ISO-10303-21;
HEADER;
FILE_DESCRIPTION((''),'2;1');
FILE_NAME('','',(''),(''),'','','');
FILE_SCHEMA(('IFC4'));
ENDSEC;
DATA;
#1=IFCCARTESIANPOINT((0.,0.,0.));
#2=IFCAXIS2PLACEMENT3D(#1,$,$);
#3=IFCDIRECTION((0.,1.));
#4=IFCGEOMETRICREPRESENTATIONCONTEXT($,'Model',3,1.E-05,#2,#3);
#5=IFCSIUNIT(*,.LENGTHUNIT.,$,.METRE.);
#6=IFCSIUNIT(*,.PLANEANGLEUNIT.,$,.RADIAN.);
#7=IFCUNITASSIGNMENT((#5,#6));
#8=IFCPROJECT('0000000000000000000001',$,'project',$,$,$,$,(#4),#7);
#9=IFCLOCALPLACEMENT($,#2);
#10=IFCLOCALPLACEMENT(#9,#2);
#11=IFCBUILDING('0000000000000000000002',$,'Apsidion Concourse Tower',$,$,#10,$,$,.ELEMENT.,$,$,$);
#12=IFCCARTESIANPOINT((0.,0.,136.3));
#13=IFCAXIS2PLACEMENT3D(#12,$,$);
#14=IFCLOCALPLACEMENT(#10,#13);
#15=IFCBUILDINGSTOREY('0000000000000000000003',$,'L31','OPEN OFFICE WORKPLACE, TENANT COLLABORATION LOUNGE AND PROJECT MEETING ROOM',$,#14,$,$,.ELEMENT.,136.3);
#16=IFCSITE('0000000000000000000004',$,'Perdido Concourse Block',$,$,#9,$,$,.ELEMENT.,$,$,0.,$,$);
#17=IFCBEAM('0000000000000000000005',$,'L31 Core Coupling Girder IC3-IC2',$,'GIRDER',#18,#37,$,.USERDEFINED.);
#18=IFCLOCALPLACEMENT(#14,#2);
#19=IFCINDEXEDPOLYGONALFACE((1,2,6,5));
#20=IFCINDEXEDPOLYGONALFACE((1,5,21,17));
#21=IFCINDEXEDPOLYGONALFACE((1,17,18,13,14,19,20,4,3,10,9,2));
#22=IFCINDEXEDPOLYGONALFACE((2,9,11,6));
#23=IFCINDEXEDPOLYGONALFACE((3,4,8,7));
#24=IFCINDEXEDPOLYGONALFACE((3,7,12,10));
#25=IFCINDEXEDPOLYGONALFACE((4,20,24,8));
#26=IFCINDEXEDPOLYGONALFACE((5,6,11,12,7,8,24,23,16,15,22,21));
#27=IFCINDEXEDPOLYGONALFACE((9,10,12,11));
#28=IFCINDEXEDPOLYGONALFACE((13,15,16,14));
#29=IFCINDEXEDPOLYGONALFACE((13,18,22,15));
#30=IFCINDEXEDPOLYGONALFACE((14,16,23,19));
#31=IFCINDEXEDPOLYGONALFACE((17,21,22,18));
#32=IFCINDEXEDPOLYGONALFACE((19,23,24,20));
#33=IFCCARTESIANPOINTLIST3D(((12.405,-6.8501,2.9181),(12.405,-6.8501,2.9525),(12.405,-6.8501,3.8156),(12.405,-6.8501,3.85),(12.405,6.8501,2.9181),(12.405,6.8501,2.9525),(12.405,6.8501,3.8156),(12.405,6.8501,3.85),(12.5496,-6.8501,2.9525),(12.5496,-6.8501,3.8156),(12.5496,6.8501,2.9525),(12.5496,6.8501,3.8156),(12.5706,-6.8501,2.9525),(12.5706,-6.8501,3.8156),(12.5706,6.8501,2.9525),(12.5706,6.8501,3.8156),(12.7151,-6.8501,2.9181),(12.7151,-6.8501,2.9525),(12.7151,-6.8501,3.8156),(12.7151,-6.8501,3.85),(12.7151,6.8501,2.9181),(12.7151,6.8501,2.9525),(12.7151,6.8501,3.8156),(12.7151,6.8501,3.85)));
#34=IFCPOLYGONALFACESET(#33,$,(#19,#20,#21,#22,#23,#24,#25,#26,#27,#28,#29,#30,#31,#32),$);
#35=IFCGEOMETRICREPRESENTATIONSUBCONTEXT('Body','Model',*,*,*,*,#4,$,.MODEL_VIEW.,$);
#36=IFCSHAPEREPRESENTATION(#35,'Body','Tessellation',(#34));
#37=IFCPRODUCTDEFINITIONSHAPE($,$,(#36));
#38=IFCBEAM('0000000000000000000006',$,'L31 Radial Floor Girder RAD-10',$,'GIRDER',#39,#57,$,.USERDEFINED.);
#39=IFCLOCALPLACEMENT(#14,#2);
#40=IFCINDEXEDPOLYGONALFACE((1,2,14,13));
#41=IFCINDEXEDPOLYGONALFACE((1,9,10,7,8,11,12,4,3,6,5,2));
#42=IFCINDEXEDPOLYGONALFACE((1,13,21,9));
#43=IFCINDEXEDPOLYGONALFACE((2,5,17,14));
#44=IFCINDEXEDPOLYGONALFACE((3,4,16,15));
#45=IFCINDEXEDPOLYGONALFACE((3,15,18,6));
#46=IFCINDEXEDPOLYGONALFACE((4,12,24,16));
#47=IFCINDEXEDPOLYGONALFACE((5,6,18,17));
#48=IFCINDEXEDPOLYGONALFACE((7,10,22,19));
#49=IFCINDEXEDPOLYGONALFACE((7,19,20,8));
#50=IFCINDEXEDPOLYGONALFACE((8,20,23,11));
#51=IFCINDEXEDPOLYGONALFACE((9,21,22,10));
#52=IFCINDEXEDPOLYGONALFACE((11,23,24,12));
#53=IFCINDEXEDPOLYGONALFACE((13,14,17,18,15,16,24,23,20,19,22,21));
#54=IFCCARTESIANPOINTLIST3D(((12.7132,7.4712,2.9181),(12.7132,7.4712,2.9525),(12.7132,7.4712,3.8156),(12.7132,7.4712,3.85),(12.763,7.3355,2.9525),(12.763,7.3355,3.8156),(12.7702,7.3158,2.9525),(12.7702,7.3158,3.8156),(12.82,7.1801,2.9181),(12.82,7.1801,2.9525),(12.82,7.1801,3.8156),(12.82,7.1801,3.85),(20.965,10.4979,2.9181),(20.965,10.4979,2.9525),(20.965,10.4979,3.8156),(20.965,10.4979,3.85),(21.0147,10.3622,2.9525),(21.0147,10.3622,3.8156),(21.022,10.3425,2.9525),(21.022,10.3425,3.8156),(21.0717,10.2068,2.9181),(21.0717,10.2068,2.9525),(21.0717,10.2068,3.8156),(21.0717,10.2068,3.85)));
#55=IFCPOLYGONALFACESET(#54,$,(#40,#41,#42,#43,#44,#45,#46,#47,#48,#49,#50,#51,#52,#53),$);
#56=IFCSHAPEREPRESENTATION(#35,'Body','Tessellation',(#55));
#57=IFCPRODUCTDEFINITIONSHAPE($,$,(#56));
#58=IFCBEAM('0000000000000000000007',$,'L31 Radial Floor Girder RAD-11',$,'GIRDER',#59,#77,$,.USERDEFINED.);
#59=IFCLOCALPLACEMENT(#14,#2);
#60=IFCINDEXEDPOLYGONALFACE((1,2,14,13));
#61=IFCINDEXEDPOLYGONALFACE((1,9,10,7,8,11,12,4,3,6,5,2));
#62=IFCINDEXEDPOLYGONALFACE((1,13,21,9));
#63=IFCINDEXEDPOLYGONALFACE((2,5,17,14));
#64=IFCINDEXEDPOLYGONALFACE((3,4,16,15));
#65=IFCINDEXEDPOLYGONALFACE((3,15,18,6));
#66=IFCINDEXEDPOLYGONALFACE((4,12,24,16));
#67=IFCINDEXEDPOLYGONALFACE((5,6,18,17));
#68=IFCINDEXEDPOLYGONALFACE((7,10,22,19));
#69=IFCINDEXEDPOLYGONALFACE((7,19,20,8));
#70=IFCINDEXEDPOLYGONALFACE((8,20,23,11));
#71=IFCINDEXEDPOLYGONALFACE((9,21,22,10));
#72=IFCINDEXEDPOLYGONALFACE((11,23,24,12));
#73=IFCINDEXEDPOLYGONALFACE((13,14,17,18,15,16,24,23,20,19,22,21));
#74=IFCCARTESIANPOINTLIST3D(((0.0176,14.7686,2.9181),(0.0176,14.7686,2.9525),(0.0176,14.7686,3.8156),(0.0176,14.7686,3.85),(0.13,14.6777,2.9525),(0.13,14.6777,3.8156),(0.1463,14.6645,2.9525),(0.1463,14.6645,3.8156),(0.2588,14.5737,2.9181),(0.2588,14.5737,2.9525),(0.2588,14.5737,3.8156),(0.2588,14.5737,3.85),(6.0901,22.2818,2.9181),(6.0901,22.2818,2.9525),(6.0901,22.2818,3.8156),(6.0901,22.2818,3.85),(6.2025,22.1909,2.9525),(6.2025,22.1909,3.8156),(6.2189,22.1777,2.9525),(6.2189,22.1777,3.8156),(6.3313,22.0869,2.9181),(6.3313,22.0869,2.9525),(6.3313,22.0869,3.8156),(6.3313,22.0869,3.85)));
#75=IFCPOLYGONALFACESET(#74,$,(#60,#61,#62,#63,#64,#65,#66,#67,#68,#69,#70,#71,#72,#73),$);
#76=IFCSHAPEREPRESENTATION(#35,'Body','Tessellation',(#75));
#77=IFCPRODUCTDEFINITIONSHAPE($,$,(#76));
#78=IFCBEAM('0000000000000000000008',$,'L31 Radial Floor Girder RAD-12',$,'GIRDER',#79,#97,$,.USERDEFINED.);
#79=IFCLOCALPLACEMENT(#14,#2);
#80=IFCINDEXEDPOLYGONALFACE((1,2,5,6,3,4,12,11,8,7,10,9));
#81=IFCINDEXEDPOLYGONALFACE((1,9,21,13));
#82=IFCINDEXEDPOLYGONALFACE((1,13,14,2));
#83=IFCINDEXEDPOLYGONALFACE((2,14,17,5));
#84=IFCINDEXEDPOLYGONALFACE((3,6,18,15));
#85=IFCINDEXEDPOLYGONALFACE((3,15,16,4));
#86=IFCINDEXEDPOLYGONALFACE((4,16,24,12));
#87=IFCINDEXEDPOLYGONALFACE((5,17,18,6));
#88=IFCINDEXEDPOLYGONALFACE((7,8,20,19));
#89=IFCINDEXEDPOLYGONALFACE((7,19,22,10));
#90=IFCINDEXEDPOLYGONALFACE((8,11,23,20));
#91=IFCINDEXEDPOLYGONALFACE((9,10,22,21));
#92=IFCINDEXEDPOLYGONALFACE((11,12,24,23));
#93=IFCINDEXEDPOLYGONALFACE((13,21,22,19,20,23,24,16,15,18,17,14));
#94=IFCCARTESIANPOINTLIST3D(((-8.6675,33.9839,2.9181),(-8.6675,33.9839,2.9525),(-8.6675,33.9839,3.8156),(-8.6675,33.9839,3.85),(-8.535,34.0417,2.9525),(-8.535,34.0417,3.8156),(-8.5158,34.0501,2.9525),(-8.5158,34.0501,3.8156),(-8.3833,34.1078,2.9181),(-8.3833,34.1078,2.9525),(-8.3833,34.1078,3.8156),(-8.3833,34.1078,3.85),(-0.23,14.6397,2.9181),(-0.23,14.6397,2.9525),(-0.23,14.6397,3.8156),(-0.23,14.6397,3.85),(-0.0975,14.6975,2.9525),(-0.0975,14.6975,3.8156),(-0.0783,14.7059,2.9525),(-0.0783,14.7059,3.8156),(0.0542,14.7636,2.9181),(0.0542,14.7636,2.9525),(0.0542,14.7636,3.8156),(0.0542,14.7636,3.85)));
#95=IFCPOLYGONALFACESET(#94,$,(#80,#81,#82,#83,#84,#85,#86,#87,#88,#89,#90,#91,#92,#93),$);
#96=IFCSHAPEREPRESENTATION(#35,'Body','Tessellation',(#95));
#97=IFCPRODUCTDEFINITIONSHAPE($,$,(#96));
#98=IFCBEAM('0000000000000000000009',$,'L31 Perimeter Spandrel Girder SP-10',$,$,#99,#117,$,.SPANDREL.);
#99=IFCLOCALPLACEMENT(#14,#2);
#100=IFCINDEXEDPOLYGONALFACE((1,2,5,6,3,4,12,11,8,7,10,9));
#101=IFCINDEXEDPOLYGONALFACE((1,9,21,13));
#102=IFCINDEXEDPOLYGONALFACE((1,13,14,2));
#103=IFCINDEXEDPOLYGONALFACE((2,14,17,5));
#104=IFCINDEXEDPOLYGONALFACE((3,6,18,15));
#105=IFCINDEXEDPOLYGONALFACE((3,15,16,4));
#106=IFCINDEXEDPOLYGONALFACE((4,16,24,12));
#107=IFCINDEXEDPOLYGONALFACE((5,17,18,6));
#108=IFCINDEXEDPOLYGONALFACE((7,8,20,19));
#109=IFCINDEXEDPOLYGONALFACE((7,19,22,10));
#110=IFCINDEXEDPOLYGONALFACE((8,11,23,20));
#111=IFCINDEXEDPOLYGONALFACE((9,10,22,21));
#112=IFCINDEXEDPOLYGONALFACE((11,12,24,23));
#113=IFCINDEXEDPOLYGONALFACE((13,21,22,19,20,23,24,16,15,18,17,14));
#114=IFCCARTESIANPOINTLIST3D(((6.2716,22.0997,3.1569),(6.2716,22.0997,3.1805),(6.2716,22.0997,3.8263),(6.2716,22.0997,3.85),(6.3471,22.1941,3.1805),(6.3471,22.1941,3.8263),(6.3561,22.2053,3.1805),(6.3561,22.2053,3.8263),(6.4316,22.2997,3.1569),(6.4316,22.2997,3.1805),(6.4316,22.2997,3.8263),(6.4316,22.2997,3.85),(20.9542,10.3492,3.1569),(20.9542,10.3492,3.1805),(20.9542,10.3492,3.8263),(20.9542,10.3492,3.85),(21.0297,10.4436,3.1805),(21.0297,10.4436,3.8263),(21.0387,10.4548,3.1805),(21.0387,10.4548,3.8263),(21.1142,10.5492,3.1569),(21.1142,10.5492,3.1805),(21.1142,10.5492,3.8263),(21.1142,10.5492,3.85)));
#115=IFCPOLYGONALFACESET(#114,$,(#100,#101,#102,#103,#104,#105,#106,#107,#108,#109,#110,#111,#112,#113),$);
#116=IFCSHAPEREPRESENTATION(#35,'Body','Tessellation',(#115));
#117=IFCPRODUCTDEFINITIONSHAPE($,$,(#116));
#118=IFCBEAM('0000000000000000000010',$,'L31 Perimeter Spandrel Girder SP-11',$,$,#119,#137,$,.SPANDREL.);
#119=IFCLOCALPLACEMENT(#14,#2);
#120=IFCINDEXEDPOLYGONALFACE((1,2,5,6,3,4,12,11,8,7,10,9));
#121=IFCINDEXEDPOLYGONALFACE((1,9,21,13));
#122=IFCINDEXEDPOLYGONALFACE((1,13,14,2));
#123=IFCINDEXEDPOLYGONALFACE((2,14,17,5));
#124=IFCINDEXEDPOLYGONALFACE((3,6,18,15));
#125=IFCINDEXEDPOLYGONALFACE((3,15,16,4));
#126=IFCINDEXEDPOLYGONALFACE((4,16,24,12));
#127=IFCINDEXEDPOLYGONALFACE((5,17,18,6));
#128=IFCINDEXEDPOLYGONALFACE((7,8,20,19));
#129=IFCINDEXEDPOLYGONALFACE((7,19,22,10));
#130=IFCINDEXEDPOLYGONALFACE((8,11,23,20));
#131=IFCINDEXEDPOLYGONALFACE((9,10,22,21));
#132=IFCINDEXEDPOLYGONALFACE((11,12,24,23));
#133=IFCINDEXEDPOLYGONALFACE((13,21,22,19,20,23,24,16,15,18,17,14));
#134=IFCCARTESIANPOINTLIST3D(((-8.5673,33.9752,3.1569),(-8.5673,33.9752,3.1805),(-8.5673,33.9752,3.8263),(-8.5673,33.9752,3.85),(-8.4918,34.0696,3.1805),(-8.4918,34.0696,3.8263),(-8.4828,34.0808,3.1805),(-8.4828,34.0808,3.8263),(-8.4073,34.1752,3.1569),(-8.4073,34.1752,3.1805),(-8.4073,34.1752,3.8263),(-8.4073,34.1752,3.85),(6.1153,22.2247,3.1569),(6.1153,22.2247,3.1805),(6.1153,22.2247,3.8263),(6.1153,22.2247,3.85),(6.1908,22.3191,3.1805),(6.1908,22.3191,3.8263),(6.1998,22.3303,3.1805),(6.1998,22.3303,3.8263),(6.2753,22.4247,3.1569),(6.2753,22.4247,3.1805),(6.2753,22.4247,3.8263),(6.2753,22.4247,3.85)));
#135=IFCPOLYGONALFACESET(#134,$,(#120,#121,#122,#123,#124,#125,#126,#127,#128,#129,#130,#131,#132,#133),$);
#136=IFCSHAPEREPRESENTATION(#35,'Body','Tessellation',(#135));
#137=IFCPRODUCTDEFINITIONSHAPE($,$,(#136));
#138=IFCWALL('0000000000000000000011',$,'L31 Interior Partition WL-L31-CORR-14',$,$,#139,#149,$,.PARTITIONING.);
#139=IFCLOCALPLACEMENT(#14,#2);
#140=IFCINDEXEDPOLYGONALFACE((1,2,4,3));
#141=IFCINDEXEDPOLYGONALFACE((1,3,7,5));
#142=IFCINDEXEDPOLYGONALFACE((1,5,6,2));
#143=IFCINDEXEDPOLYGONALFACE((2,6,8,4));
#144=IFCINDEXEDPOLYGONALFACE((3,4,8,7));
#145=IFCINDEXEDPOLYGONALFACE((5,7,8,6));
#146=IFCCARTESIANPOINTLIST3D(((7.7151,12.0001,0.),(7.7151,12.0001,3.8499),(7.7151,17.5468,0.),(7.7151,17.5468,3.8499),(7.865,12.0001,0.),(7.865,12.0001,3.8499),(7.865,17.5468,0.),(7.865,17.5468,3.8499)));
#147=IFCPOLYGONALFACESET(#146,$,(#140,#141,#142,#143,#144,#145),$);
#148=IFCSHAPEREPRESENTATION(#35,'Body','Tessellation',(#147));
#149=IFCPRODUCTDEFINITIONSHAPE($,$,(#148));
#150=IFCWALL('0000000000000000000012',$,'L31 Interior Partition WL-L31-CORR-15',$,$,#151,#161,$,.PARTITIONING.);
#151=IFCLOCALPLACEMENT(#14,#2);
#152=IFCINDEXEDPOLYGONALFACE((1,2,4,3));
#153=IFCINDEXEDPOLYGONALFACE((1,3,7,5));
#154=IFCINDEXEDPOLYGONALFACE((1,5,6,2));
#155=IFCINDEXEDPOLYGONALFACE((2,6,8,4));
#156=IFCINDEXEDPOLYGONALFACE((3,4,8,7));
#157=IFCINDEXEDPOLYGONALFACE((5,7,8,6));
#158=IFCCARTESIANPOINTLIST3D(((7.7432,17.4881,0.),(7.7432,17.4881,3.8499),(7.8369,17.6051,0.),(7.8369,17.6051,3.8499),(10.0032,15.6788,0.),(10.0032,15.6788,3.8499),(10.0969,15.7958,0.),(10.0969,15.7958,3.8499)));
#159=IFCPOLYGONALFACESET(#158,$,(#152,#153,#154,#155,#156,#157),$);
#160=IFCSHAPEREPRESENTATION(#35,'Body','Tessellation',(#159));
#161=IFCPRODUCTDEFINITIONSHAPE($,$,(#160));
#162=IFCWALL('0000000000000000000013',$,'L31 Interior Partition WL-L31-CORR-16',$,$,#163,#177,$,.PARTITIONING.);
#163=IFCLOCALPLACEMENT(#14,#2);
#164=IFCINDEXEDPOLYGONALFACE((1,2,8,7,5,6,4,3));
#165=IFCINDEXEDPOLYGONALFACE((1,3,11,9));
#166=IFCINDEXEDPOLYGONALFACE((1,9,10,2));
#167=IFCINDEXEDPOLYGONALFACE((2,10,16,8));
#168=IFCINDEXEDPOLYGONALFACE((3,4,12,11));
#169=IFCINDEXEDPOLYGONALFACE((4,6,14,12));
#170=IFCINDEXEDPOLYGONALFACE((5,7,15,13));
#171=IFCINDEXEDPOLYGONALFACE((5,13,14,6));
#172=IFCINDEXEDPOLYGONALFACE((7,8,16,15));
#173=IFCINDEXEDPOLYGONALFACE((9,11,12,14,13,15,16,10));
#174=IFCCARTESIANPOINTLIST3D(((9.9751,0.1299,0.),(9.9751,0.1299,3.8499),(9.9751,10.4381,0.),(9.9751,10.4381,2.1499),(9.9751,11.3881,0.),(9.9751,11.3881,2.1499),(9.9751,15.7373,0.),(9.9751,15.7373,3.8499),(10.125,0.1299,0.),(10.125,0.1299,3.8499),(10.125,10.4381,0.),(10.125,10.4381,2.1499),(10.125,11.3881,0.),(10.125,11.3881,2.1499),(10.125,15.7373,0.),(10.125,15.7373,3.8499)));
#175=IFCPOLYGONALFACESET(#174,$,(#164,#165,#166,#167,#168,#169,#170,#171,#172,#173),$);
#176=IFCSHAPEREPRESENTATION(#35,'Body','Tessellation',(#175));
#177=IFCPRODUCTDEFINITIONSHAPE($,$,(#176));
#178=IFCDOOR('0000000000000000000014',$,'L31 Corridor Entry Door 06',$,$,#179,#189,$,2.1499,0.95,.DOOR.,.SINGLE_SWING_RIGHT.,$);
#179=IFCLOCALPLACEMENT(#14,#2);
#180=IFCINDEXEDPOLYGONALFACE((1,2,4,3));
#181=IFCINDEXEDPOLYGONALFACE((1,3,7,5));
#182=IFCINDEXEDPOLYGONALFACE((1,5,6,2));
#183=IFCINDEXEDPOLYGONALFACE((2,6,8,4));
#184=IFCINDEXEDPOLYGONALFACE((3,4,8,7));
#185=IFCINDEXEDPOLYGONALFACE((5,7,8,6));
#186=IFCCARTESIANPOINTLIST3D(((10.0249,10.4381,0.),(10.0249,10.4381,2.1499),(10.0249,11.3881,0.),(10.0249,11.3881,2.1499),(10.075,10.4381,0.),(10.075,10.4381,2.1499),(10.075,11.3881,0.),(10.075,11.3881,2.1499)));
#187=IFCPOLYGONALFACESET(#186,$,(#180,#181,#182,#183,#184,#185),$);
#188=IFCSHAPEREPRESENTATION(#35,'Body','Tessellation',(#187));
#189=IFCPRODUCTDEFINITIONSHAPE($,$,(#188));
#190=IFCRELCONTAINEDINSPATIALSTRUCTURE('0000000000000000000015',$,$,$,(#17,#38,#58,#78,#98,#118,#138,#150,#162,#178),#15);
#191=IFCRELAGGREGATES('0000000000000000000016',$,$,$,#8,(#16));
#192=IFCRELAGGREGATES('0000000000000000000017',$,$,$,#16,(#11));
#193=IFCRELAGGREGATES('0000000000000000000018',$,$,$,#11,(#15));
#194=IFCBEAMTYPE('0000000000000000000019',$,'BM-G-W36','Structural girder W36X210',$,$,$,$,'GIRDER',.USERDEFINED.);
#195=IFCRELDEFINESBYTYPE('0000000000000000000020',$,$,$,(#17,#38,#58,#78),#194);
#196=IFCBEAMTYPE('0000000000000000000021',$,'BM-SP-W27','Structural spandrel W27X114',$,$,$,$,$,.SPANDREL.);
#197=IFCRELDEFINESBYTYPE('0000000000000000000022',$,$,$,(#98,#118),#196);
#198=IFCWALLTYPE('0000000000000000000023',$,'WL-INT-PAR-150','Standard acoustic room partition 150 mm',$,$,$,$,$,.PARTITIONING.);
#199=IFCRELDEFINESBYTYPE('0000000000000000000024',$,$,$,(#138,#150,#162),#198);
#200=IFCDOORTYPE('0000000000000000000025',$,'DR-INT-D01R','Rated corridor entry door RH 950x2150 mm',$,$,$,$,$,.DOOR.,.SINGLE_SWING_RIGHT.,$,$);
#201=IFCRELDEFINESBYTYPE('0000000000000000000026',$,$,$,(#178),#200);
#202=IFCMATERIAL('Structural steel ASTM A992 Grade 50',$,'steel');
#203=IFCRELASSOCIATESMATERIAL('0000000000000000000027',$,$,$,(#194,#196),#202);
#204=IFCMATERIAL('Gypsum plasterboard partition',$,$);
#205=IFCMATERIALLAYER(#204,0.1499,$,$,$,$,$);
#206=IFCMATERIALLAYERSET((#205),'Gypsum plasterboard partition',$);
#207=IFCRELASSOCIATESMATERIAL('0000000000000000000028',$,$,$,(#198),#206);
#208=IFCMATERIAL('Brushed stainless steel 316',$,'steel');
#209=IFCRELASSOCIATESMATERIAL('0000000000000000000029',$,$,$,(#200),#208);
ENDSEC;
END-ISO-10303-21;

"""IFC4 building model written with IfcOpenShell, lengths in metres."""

from ifc_helpers import new_model, si_unit, direction, frame, frame_2d, origin, origin_2d, place, context, subcontext, project, spatial, rectangle, i_section, extrude, material, layer, layer_set, material_profile, profile_set, type_object, element, fill, save


model = new_model("IFC4")

# Units and contexts
model_context = context("Model", 3, precision=1e-05, world=origin(), true_north=direction((0.0, 1.0)))
body_context = subcontext(model_context, "Body", "Model", "MODEL_VIEW")
ifc_project = project(units=[si_unit("LENGTHUNIT", "METRE"), si_unit("PLANEANGLEUNIT", "RADIAN")], contexts=[model_context])

# Site, building, storey
site_placement = place(None, origin())
site = spatial("IfcSite", under=ifc_project, at=site_placement, Name="Perdido Concourse Block", CompositionType="ELEMENT", RefElevation=0.0)
building_placement = place(site_placement, origin())
building = spatial("IfcBuilding", under=site, at=building_placement, Name="Apsidion Concourse Tower", CompositionType="ELEMENT")
storey_placement = place(building_placement, frame((0.0, 0.0, 136.3)))
storey = spatial("IfcBuildingStorey", under=building, at=storey_placement, Name="L31", Description="OPEN OFFICE WORKPLACE, TENANT COLLABORATION LOUNGE AND PROJECT MEETING ROOM", CompositionType="ELEMENT", Elevation=136.3)

# Shared definitions
ifc_material_1 = material(Name="Structural steel ASTM A992 Grade 50", Category="steel")

# Beams
ifc_material_profile_1 = material_profile(ifc_material_1, i_section(OverallWidth=0.3101, OverallDepth=0.9319, WebThickness=0.021, FlangeThickness=0.0344, at=origin_2d()), Name="W36X210")
ifc_profile_set_1 = profile_set([ifc_material_profile_1], Name="Structural steel ASTM A992 Grade 50")
beam_type_1 = type_object("IfcBeamType", Name="BM-G-W36", Description="Structural girder W36X210", ElementType="GIRDER", PredefinedType="USERDEFINED", material=ifc_profile_set_1)
beam_1_placement = place(storey_placement, frame((12.5601, 6.8501, 3.384), z_axis=(0.0, -1.0, 0.0), x_axis=(1.0, 0.0, 0.0)))
element("IfcBeam", 1, at=beam_1_placement, inside=storey, type_object=beam_type_1, Name="L31 Core Coupling Girder IC3-IC2", ObjectType="GIRDER", PredefinedType="USERDEFINED", context=body_context, shape_type="SweptSolid", body=[
    extrude(i_section(OverallWidth=0.3101, OverallDepth=0.9319, WebThickness=0.021, FlangeThickness=0.0344, at=origin_2d()), origin(), (0.0, 0.0, 1.0), 13.7002),
])
beam_2_placement = place(storey_placement, frame((12.7666, 7.3257, 3.384), z_axis=(0.93884, 0.344353, 0.0), x_axis=(-0.344353, 0.93884, 0.0)))
element("IfcBeam", 2, at=beam_2_placement, inside=storey, type_object=beam_type_1, Name="L31 Radial Floor Girder RAD-10", ObjectType="GIRDER", PredefinedType="USERDEFINED", context=body_context, shape_type="SweptSolid", body=[
    extrude(i_section(OverallWidth=0.3101, OverallDepth=0.9319, WebThickness=0.021, FlangeThickness=0.0344, at=origin_2d()), origin(), (0.0, 0.0, 1.0), 8.7893),
])
beam_3_placement = place(storey_placement, frame((0.1382, 14.6711, 3.384), z_axis=(0.628598, 0.77773, 0.0), x_axis=(-0.77773, 0.628598, 0.0)))
element("IfcBeam", 3, at=beam_3_placement, inside=storey, type_object=beam_type_1, Name="L31 Radial Floor Girder RAD-11", ObjectType="GIRDER", PredefinedType="USERDEFINED", context=body_context, shape_type="SweptSolid", body=[
    extrude(i_section(OverallWidth=0.3101, OverallDepth=0.9319, WebThickness=0.021, FlangeThickness=0.0344, at=origin_2d()), origin(), (0.0, 0.0, 1.0), 9.6604),
])
beam_4_placement = place(storey_placement, frame((-0.0879, 14.7017, 3.384), z_axis=(-0.3998, 0.916602, 0.0), x_axis=(-0.916602, -0.3998, 0.0)))
element("IfcBeam", 4, at=beam_4_placement, inside=storey, type_object=beam_type_1, Name="L31 Radial Floor Girder RAD-12", ObjectType="GIRDER", PredefinedType="USERDEFINED", context=body_context, shape_type="SweptSolid", body=[
    extrude(i_section(OverallWidth=0.3101, OverallDepth=0.9319, WebThickness=0.021, FlangeThickness=0.0344, at=origin_2d()), origin(), (0.0, 0.0, 1.0), 21.1042),
])
ifc_material_profile_2 = material_profile(ifc_material_1, i_section(OverallWidth=0.2561, OverallDepth=0.6931, WebThickness=0.0144, FlangeThickness=0.0237, at=origin_2d()), Name="W27X114")
ifc_profile_set_2 = profile_set([ifc_material_profile_2], Name="Structural steel ASTM A992 Grade 50")
beam_type_2 = type_object("IfcBeamType", Name="BM-SP-W27", Description="Structural spandrel W27X114", PredefinedType="SPANDREL", material=ifc_profile_set_2)
for number, where, z_axis, x_axis, name in (
    (5, (21.0342, 10.4492, 3.5034), (-0.780755, 0.624838, 0.0), (-0.624838, -0.780755, 0.0), "L31 Perimeter Spandrel Girder SP-10"),
    (6, (6.1953, 22.3247, 3.5034), (-0.780755, 0.624838, 0.0), (-0.624838, -0.780755, 0.0), "L31 Perimeter Spandrel Girder SP-11"),
):
    element("IfcBeam", number, at=place(storey_placement, frame(where, z_axis=z_axis, x_axis=x_axis)), inside=storey, type_object=beam_type_2, Name=name, PredefinedType="SPANDREL", context=body_context, shape_type="SweptSolid", body=[
        extrude(i_section(OverallWidth=0.2561, OverallDepth=0.6931, WebThickness=0.0144, FlangeThickness=0.0237, at=origin_2d()), origin(), (0.0, 0.0, 1.0), 18.8057),
    ])

# Walls
ifc_material_2 = material(Name="Gypsum plasterboard partition")
ifc_layer = layer(ifc_material_2, 0.1499)
ifc_layer_set = layer_set([ifc_layer], Name="Gypsum plasterboard partition")
wall_type = type_object("IfcWallType", Name="WL-INT-PAR-150", Description="Standard acoustic room partition 150 mm", PredefinedType="PARTITIONING", material=ifc_layer_set)
wall_1_placement = place(storey_placement, frame((7.79, 12.0, 0.0), z_axis=(0.0, 0.0, 1.0), x_axis=(0.0, 1.0, 0.0)))
element("IfcWall", 7, at=wall_1_placement, inside=storey, type_object=wall_type, Name="L31 Interior Partition WL-L31-CORR-14", PredefinedType="PARTITIONING", context=body_context, shape_type="SweptSolid", body=[
    extrude(rectangle(XDim=5.5466, YDim=0.1499, at=frame_2d((2.7734, 0.0))), origin(), (0.0, 0.0, 1.0), 3.8499),
])
wall_2_placement = place(storey_placement, frame((7.79, 17.5466, 0.0), z_axis=(0.0, 0.0, 1.0), x_axis=(0.780647, -0.624973, 0.0)))
element("IfcWall", 8, at=wall_2_placement, inside=storey, type_object=wall_type, Name="L31 Interior Partition WL-L31-CORR-15", PredefinedType="PARTITIONING", context=body_context, shape_type="SweptSolid", body=[
    extrude(rectangle(XDim=2.895, YDim=0.1499, at=frame_2d((1.4475, 0.0))), origin(), (0.0, 0.0, 1.0), 3.8499),
])

# Wall, opening, door
wall_3_placement = place(storey_placement, frame((10.05, 15.7373, 0.0), z_axis=(0.0, 0.0, 1.0), x_axis=(0.0, -1.0, 0.0)))
wall_3 = element("IfcWall", 9, at=wall_3_placement, inside=storey, type_object=wall_type, Name="L31 Interior Partition WL-L31-CORR-16", PredefinedType="PARTITIONING", context=body_context, shape_type="SweptSolid", body=[
    extrude(rectangle(XDim=15.6074, YDim=0.1499, at=frame_2d((7.8037, 0.0))), origin(), (0.0, 0.0, 1.0), 3.8499),
])
opening_placement = place(wall_3_placement, frame((4.3491, 0.0, 0.0)))
opening = element("IfcOpeningElement", 10, at=opening_placement, cuts=wall_3, PredefinedType="OPENING", context=body_context, shape_type="SweptSolid", body=[
    extrude(rectangle(XDim=0.95, YDim=2.1499, at=frame_2d((0.4751, 1.075))), frame((0.0, 0.085, 0.0), z_axis=(0.0, -1.0, 0.0), x_axis=(1.0, 0.0, 0.0)), (0.0, 0.0, 1.0), 0.1699),
])
ifc_material_3 = material(Name="Brushed stainless steel 316", Category="steel")
door_type = type_object("IfcDoorType", Name="DR-INT-D01R", Description="Rated corridor entry door RH 950x2150 mm", OperationType="SINGLE_SWING_RIGHT", PredefinedType="DOOR", material=ifc_material_3)
door_placement = place(opening_placement, origin())
door = element("IfcDoor", 11, at=door_placement, inside=storey, type_object=door_type, Name="L31 Corridor Entry Door 06", OperationType="SINGLE_SWING_RIGHT", OverallHeight=2.1499, OverallWidth=0.95, PredefinedType="DOOR", context=body_context, shape_type="SweptSolid", body=[
    extrude(rectangle(XDim=0.95, YDim=2.1499, at=frame_2d((0.4751, 1.075))), frame((0.0, 0.0249, 0.0), z_axis=(0.0, -1.0, 0.0), x_axis=(1.0, 0.0, 0.0)), (0.0, 0.0, 1.0), 0.05),
])
fill(opening, door)

save(model, "model.ifc")
